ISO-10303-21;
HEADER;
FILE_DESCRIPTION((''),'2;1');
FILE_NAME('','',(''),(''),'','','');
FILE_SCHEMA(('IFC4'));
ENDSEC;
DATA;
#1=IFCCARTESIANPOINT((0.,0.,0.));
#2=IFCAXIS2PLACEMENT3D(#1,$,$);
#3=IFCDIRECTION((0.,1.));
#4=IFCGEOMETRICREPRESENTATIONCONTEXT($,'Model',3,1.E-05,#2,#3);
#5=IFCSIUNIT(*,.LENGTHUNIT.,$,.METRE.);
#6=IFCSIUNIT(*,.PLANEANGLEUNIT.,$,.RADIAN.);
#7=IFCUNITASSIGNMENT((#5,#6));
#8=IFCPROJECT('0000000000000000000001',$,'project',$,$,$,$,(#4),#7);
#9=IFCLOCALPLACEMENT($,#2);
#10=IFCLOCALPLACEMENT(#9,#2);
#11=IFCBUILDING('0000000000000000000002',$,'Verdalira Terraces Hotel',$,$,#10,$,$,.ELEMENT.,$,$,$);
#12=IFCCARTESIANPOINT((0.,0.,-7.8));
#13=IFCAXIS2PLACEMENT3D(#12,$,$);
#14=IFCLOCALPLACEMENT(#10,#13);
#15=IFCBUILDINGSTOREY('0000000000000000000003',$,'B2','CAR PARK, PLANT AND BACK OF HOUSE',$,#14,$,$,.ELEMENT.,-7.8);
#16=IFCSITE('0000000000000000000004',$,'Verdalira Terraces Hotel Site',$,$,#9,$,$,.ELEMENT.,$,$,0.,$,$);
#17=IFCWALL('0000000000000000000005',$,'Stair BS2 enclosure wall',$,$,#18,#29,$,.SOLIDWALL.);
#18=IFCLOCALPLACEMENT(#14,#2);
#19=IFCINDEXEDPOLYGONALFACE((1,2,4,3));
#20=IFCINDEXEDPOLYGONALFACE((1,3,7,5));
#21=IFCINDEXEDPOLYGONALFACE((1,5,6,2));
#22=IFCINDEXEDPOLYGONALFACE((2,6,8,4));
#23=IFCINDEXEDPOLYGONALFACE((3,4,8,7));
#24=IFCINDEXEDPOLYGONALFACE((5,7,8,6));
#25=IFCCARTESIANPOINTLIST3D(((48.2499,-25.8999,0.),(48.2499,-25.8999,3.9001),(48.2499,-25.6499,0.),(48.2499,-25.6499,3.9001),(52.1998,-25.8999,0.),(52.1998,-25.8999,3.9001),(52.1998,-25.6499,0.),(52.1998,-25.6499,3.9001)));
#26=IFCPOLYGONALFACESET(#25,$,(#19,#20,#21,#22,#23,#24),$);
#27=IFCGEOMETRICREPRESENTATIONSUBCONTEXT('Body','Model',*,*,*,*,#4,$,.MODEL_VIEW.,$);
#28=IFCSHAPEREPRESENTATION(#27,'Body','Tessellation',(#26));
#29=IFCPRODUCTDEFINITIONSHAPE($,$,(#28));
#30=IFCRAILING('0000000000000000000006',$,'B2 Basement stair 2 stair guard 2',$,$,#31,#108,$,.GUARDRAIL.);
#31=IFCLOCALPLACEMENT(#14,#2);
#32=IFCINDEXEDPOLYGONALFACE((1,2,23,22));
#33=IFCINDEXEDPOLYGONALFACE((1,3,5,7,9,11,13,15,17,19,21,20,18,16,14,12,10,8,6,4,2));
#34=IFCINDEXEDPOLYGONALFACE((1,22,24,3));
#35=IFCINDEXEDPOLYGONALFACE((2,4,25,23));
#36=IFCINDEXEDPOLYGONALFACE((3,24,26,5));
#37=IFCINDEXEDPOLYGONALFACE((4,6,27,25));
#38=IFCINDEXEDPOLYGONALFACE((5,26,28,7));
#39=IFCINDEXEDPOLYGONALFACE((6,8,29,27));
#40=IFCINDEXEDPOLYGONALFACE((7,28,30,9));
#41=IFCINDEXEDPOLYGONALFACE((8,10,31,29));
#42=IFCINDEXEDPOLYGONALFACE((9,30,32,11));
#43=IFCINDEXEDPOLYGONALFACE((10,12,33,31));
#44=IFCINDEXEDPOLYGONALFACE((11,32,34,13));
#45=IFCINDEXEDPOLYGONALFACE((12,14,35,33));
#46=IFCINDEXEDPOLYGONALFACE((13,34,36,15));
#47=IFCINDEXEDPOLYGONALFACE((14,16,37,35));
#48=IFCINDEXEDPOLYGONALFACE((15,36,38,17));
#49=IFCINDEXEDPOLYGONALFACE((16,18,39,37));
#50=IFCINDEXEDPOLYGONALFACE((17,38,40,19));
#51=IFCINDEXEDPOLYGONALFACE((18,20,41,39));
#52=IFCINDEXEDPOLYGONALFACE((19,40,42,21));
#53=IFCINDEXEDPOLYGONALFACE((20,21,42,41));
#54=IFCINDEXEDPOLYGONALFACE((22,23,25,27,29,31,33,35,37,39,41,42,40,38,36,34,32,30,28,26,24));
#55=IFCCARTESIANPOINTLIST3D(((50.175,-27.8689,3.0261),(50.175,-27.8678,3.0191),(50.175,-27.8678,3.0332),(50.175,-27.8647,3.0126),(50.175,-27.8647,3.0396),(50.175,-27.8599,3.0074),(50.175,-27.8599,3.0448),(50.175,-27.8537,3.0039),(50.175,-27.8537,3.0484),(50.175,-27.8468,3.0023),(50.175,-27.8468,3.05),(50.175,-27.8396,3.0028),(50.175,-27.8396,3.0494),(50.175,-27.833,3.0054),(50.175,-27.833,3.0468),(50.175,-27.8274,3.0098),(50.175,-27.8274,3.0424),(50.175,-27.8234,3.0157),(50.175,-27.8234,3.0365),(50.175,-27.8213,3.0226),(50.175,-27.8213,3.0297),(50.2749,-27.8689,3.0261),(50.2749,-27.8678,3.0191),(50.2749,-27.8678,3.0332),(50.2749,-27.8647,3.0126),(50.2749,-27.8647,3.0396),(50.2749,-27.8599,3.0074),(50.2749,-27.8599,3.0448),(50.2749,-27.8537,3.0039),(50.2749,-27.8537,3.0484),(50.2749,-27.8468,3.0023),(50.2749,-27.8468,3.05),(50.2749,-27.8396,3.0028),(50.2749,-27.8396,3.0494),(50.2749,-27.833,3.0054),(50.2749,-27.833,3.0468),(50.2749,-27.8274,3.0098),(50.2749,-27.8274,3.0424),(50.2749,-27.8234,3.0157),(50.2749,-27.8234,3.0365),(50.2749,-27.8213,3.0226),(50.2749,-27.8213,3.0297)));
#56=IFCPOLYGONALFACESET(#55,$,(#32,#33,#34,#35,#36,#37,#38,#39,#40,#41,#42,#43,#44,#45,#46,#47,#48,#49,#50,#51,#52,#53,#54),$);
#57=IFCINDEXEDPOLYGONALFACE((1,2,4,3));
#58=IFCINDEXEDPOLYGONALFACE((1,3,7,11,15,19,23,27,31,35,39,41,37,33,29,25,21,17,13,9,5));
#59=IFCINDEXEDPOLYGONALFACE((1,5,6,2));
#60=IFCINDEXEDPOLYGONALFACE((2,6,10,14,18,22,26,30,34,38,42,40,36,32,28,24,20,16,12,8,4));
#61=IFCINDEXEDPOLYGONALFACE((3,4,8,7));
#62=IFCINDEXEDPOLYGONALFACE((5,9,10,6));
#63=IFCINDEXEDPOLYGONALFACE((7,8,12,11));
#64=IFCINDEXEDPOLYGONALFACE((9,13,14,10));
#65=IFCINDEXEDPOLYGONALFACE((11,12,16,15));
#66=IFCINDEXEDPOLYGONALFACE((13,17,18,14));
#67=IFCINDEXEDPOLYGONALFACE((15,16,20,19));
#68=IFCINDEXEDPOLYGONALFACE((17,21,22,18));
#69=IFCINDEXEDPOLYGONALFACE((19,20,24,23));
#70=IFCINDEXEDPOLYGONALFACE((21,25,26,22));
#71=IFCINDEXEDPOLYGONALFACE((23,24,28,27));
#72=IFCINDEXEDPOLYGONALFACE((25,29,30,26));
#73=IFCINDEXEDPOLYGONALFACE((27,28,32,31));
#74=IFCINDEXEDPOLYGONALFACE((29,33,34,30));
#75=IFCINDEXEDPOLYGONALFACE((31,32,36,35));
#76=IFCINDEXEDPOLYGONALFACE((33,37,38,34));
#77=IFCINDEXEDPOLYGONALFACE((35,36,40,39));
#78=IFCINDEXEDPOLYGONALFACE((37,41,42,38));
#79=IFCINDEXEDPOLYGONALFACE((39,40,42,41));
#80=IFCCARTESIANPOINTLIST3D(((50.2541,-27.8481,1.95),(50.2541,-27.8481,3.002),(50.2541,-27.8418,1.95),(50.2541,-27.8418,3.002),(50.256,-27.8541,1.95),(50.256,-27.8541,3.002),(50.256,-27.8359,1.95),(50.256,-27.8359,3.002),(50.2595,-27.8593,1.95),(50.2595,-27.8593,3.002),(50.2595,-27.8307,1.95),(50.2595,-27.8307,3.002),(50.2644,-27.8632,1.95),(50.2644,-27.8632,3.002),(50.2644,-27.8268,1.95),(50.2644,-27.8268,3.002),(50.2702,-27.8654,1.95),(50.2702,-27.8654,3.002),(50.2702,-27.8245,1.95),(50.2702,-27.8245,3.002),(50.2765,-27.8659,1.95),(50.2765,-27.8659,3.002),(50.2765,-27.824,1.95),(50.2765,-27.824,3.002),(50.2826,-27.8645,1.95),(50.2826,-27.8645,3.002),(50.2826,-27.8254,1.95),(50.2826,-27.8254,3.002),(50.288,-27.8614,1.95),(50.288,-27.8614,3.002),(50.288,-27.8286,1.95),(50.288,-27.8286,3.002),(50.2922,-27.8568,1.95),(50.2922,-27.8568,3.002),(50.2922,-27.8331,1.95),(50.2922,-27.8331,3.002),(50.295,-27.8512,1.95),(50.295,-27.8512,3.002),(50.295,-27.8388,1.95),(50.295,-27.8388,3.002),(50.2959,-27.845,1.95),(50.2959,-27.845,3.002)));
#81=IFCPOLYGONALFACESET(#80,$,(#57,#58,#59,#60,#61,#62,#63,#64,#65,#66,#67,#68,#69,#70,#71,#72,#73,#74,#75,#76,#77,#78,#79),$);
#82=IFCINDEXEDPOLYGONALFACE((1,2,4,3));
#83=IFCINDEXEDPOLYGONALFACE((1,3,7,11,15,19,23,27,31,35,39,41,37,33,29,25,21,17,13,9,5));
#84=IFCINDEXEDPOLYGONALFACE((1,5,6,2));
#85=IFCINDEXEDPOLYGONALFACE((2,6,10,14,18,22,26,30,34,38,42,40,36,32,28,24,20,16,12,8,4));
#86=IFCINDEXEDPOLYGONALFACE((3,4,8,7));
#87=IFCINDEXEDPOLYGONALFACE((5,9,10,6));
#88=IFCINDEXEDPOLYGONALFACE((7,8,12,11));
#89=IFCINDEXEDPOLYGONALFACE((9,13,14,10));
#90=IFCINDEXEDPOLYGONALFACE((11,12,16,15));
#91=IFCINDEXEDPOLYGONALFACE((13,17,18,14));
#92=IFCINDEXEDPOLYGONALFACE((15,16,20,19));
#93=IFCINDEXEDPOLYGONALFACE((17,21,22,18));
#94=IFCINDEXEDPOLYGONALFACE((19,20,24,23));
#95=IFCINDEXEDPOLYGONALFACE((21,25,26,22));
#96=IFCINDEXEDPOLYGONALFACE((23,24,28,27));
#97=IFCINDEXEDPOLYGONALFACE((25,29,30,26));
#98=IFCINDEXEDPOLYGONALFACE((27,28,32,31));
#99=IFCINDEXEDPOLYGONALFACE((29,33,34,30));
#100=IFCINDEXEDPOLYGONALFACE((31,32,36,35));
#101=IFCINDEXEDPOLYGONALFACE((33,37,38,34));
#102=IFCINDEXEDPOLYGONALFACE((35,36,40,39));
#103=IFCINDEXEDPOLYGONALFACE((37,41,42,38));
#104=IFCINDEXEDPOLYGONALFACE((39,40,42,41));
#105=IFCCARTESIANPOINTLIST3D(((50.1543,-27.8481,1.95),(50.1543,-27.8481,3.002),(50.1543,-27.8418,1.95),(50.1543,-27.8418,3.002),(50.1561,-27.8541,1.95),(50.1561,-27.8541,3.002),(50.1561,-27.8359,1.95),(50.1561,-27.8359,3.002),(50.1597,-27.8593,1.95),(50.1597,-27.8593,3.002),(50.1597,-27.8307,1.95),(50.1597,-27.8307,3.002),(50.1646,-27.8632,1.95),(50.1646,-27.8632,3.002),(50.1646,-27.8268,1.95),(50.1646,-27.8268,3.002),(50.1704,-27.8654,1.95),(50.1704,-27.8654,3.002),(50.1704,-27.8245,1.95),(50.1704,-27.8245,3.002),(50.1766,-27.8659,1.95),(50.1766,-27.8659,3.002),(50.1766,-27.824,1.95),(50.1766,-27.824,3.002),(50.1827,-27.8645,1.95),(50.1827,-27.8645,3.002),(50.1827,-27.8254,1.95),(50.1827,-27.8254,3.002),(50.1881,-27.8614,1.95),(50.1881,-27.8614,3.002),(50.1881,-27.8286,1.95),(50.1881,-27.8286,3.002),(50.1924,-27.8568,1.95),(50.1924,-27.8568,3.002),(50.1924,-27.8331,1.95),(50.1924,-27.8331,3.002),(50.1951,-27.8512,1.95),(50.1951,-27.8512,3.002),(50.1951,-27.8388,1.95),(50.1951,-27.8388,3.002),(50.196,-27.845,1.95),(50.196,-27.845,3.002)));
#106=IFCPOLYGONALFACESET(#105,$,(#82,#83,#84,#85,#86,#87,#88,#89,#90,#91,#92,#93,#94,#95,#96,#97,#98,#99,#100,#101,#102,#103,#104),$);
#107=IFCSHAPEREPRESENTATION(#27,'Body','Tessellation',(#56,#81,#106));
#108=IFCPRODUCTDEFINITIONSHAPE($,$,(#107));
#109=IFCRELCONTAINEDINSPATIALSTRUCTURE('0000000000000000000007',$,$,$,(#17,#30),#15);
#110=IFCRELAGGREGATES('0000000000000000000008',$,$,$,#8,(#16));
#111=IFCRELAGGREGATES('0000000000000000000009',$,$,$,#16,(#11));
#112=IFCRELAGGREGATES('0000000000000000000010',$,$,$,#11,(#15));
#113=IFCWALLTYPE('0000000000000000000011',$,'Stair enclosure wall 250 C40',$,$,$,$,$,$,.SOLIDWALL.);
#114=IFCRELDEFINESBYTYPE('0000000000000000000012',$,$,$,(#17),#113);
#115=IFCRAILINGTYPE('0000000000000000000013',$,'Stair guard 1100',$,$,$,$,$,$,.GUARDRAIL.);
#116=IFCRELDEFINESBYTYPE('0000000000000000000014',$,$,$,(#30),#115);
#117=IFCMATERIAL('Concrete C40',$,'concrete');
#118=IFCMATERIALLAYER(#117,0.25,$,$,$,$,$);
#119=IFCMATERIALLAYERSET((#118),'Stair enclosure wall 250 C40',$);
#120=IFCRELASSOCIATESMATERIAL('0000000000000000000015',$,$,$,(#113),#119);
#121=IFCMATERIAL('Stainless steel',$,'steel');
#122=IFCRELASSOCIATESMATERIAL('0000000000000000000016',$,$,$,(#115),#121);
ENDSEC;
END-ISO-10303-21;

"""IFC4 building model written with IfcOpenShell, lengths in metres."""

from ifc_helpers import new_model, si_unit, direction, frame, frame_2d, origin, origin_2d, place, context, subcontext, project, spatial, rectangle, circle, extrude, material, layer, layer_set, type_object, element, save


model = new_model("IFC4")

# Units and contexts
model_context = context("Model", 3, precision=1e-05, world=origin(), true_north=direction((0.0, 1.0)))
body_context = subcontext(model_context, "Body", "Model", "MODEL_VIEW")
ifc_project = project(units=[si_unit("LENGTHUNIT", "METRE"), si_unit("PLANEANGLEUNIT", "RADIAN")], contexts=[model_context])

# Site, building, storey
site_placement = place(None, origin())
site = spatial("IfcSite", under=ifc_project, at=site_placement, Name="Verdalira Terraces Hotel Site", CompositionType="ELEMENT", RefElevation=0.0)
building_placement = place(site_placement, origin())
building = spatial("IfcBuilding", under=site, at=building_placement, Name="Verdalira Terraces Hotel", CompositionType="ELEMENT")
storey_placement = place(building_placement, frame((0.0, 0.0, -7.8)))
storey = spatial("IfcBuildingStorey", under=building, at=storey_placement, Name="B2", Description="CAR PARK, PLANT AND BACK OF HOUSE", CompositionType="ELEMENT", Elevation=-7.8)

# Wall
ifc_material_1 = material(Name="Concrete C40", Category="concrete")
ifc_layer = layer(ifc_material_1, 0.25)
ifc_layer_set = layer_set([ifc_layer], Name="Stair enclosure wall 250 C40")
wall_type = type_object("IfcWallType", Name="Stair enclosure wall 250 C40", PredefinedType="SOLIDWALL", material=ifc_layer_set)
wall_placement = place(storey_placement, frame((52.2, -25.7749, 0.0), z_axis=(0.0, 0.0, 1.0), x_axis=(-1.0, 0.0, 0.0)))
element("IfcWall", 1, at=wall_placement, inside=storey, type_object=wall_type, Name="Stair BS2 enclosure wall", PredefinedType="SOLIDWALL", context=body_context, shape_type="SweptSolid", body=[
    extrude(rectangle(XDim=3.95, YDim=0.25, at=frame_2d((1.9751, 0.0))), origin(), (0.0, 0.0, 1.0), 3.9001),
])

# Railing
ifc_material_2 = material(Name="Stainless steel", Category="steel")
railing_type_1 = type_object("IfcRailingType", Name="Stair guard 1100", PredefinedType="GUARDRAIL", material=ifc_material_2)
railing_1_placement = place(storey_placement, frame((50.2749, -27.845, 1.95)))
element("IfcRailing", 2, at=railing_1_placement, inside=storey, type_object=railing_type_1, Name="B2 Basement stair 2 stair guard 2", PredefinedType="GUARDRAIL", context=body_context, shape_type="SweptSolid", body=[
    extrude(circle(Radius=0.0239, at=origin_2d()), frame((0.0, 0.0, 1.0762), z_axis=(-1.0, 0.0, 0.0), x_axis=(0.0, -1.0, 0.0)), (0.0, 0.0, 1.0), 0.0999),
    extrude(circle(Radius=0.021, at=origin_2d()), origin(), (0.0, 0.0, 1.0), 1.052),
    extrude(circle(Radius=0.021, at=origin_2d()), frame((-0.0999, 0.0, 0.0)), (0.0, 0.0, 1.0), 1.052),
])

save(model, "model.ifc")
